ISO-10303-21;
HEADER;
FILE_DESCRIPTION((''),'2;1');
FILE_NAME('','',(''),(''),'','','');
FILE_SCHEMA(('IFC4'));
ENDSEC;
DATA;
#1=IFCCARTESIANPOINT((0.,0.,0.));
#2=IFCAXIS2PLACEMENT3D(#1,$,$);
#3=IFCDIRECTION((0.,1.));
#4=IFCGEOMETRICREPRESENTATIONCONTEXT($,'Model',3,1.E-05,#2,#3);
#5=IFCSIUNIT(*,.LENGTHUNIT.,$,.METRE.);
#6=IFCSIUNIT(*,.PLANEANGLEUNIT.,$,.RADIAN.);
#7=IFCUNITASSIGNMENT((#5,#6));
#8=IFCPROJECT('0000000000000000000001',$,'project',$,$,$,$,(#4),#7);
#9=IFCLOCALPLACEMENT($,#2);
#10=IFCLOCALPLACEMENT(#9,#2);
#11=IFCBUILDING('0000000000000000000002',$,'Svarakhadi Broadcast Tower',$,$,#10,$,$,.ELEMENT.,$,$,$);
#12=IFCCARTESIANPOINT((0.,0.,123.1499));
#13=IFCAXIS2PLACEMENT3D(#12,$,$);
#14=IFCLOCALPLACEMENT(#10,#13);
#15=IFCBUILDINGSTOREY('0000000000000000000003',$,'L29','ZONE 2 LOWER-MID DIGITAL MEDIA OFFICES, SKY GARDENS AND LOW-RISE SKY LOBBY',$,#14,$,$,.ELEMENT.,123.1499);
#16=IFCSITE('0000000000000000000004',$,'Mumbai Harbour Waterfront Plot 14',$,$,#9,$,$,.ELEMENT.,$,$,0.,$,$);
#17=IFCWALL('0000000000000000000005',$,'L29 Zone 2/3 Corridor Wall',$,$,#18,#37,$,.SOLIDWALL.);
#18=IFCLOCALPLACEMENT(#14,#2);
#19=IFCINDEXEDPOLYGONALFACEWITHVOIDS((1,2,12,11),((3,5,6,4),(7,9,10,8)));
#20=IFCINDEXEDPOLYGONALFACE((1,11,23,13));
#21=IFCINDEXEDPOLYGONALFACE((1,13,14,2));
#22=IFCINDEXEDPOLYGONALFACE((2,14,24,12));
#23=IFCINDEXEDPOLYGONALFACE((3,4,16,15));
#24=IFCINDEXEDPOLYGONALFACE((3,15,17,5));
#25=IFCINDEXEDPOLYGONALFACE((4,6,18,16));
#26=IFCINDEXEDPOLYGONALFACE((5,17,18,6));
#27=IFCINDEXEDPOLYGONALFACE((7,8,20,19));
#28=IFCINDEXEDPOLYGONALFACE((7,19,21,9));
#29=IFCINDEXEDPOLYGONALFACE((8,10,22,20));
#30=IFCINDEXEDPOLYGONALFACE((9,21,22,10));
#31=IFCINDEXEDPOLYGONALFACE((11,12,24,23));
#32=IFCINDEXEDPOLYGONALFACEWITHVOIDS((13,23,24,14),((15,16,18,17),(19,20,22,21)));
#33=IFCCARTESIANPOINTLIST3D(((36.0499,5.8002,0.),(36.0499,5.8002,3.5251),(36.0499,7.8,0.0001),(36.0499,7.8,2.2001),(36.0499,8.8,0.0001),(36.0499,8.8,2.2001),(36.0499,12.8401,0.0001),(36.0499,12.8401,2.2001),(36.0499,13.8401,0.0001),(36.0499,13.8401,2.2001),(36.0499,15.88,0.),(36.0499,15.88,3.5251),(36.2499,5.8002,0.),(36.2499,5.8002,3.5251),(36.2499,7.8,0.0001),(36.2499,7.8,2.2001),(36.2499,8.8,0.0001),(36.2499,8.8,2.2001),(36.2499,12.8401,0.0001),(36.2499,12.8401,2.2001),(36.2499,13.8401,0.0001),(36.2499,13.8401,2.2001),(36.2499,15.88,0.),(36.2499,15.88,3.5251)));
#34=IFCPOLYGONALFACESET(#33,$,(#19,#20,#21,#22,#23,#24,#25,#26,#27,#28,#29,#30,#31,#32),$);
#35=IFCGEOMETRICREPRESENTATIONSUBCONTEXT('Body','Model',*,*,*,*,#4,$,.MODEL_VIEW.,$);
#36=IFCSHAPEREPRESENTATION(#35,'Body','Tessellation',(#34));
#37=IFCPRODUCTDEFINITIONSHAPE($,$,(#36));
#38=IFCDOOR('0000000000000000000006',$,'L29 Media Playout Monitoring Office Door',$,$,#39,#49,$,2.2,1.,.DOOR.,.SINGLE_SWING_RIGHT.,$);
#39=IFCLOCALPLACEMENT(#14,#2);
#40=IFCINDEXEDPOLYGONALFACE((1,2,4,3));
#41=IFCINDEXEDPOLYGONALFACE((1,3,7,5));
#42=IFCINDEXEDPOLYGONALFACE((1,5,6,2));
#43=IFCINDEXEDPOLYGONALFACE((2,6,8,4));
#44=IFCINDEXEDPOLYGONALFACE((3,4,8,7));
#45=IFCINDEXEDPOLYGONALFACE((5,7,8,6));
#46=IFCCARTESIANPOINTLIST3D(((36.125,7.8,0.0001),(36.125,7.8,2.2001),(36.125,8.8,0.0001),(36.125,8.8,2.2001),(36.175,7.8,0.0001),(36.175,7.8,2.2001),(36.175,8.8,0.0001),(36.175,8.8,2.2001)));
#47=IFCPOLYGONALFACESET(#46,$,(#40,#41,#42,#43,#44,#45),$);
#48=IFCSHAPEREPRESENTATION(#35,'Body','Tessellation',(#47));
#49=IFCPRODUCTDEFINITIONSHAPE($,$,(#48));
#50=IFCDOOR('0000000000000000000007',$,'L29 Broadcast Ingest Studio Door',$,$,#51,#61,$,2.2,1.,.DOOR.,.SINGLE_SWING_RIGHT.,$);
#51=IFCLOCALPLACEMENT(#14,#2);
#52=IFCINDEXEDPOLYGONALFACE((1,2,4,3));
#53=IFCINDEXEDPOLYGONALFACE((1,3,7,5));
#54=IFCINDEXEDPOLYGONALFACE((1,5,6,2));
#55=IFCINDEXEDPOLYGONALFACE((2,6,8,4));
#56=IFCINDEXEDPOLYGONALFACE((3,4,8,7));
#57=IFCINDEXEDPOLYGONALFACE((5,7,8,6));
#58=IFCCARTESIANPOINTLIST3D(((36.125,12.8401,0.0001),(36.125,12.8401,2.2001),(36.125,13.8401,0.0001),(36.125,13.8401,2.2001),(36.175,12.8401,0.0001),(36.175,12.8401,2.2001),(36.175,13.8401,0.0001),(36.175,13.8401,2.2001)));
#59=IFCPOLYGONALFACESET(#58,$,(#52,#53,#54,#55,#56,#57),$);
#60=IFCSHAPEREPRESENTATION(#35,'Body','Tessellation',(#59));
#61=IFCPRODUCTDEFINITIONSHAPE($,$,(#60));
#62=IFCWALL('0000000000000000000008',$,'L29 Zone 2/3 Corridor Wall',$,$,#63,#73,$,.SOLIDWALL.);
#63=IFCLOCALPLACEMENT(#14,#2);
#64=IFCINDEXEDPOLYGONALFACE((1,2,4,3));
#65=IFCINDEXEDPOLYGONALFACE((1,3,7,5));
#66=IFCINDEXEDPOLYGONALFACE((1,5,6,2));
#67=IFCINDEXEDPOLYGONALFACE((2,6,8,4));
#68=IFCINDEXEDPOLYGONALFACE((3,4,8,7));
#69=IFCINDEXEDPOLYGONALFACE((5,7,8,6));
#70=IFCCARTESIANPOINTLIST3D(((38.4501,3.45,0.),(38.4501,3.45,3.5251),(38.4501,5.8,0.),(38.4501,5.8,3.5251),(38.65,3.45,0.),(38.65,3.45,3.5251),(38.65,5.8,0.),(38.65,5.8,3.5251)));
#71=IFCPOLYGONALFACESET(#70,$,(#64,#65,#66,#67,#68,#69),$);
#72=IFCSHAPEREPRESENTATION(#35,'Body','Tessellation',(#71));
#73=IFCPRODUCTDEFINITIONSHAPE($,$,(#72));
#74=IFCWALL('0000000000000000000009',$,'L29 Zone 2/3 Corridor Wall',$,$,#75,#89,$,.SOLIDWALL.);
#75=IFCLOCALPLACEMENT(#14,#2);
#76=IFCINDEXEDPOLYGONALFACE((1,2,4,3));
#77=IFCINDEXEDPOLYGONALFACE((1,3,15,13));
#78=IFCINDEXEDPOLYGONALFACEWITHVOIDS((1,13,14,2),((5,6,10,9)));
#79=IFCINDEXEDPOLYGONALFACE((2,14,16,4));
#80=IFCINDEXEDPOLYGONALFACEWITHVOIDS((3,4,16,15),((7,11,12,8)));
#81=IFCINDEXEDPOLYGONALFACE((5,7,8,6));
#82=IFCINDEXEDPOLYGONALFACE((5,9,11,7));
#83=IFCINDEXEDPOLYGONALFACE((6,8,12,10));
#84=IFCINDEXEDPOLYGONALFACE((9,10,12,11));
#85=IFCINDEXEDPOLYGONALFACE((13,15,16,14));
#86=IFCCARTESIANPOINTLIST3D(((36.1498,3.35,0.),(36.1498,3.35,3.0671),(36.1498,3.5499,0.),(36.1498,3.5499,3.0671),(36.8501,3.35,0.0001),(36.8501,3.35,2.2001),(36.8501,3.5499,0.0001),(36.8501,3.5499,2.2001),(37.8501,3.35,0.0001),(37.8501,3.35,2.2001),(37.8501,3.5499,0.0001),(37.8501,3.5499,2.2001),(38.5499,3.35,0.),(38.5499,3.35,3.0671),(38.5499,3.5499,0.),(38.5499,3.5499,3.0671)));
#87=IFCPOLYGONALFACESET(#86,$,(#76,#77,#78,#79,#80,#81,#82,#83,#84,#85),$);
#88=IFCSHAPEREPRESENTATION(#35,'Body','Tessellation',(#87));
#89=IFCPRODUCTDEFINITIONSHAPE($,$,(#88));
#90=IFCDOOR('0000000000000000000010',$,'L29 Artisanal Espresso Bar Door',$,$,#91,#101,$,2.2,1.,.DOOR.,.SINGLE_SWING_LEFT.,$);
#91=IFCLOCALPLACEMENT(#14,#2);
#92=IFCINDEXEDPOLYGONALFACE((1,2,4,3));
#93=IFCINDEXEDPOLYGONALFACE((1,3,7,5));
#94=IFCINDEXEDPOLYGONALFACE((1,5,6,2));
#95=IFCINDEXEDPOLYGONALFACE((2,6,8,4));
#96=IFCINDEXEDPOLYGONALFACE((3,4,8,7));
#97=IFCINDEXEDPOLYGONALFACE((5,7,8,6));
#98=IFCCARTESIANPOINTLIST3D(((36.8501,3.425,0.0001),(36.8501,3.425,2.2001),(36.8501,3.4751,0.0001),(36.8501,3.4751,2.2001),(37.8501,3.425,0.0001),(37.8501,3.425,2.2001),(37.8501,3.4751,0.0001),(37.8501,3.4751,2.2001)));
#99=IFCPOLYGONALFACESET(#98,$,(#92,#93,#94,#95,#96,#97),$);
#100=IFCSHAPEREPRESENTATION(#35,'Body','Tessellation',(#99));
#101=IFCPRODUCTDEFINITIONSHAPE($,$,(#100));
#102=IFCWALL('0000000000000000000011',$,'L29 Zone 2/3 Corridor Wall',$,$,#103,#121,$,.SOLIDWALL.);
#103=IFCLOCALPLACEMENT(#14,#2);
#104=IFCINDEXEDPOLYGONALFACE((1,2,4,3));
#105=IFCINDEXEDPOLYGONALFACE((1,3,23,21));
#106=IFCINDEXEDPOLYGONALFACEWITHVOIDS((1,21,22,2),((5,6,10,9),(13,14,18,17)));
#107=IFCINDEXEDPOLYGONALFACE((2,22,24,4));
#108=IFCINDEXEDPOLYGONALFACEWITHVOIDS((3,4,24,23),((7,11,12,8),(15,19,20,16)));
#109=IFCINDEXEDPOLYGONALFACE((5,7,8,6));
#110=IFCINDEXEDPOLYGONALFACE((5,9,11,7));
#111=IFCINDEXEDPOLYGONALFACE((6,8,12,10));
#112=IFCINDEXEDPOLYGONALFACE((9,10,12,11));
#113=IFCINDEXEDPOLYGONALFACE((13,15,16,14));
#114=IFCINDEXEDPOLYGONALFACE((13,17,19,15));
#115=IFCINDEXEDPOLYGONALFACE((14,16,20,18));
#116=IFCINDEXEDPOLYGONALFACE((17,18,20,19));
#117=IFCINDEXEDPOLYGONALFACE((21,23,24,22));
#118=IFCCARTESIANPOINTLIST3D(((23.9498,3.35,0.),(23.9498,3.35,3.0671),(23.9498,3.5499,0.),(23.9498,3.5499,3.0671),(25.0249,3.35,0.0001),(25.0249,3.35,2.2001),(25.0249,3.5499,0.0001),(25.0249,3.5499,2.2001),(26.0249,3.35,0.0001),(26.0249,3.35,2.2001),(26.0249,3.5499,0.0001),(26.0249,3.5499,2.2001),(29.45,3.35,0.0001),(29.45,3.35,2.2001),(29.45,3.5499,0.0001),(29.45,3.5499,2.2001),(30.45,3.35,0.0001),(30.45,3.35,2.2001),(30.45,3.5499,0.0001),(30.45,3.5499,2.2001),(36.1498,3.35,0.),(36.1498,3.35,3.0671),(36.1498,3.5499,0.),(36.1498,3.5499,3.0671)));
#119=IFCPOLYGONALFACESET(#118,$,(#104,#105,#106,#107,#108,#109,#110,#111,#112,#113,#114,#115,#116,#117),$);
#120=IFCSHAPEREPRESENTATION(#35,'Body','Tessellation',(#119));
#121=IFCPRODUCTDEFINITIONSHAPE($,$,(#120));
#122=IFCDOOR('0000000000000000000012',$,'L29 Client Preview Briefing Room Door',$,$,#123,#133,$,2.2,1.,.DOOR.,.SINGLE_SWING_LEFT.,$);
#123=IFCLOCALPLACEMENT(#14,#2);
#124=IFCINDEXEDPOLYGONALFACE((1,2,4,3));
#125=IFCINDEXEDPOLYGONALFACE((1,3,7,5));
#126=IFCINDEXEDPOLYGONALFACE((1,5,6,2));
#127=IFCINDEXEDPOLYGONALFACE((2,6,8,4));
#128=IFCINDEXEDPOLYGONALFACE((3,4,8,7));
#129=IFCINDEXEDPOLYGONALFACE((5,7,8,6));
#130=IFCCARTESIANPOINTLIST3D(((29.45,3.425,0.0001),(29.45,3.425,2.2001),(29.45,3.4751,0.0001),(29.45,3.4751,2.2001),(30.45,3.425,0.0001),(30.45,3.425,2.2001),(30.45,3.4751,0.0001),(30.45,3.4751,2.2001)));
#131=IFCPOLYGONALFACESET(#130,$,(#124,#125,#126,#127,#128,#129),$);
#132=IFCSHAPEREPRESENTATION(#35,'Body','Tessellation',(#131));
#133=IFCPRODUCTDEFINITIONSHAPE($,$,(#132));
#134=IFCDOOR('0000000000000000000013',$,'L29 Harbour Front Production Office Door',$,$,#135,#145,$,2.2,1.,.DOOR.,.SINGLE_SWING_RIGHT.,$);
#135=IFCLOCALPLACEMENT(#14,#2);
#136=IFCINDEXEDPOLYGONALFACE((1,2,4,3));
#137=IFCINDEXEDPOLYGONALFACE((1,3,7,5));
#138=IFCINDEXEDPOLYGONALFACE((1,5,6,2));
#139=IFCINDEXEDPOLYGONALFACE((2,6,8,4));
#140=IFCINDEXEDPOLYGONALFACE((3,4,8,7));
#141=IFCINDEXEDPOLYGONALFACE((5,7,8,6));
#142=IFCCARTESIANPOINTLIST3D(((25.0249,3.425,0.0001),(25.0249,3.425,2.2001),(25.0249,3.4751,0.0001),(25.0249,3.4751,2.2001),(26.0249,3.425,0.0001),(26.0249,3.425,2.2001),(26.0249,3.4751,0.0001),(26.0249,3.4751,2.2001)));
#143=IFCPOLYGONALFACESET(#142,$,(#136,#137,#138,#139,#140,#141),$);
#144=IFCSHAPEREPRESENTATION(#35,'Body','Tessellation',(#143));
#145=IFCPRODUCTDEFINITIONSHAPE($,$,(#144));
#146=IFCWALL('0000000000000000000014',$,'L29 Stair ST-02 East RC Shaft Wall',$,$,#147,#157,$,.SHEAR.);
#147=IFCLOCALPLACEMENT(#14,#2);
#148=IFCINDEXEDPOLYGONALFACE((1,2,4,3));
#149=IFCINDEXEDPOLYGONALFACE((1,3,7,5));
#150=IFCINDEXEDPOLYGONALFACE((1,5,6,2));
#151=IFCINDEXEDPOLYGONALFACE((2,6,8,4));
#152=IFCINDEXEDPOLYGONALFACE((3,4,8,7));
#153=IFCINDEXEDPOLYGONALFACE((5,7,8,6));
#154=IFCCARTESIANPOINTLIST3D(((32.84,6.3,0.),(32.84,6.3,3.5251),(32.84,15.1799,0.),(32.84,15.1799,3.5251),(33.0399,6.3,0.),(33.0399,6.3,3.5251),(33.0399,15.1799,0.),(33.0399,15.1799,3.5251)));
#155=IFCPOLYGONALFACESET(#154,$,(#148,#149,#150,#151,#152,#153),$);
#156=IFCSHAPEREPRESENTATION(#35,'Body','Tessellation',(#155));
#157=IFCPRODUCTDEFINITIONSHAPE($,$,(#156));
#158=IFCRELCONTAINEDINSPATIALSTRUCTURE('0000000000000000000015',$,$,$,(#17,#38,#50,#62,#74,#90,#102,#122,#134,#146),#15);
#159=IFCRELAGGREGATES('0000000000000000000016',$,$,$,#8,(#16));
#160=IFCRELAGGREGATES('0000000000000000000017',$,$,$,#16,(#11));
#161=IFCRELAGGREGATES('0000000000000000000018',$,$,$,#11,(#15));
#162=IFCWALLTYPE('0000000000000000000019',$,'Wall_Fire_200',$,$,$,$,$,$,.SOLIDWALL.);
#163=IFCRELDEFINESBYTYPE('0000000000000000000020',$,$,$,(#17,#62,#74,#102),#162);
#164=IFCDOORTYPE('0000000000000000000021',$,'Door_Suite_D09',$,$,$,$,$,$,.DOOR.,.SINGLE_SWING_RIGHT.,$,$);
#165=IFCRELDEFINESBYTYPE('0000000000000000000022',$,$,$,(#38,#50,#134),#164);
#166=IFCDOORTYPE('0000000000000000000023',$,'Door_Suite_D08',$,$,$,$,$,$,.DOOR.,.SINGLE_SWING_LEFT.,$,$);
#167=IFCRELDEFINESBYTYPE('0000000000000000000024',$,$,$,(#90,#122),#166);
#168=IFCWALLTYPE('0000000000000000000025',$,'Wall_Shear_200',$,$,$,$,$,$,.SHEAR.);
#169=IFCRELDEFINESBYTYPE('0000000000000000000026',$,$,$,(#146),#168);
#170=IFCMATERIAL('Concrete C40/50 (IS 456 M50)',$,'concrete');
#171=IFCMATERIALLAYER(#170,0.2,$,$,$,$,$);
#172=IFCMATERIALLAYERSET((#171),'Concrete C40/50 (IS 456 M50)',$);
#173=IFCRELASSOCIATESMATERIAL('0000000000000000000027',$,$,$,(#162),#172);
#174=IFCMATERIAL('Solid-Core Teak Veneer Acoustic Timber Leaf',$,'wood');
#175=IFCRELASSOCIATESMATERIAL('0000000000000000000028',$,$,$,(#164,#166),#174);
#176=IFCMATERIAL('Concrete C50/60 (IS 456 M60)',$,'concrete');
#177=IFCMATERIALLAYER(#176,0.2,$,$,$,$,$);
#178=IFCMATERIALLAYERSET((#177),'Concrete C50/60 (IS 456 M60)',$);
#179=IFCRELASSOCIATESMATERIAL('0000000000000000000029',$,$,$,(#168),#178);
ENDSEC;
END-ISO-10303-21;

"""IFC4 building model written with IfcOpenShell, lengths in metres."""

from ifc_helpers import new_model, si_unit, direction, frame, frame_2d, origin, place, context, subcontext, project, spatial, rectangle, extrude, material, layer, layer_set, type_object, element, fill, save


model = new_model("IFC4")

# Units and contexts
model_context = context("Model", 3, precision=1e-05, world=origin(), true_north=direction((0.0, 1.0)))
body_context = subcontext(model_context, "Body", "Model", "MODEL_VIEW")
ifc_project = project(units=[si_unit("LENGTHUNIT", "METRE"), si_unit("PLANEANGLEUNIT", "RADIAN")], contexts=[model_context])

# Site, building, storey
site_placement = place(None, origin())
site = spatial("IfcSite", under=ifc_project, at=site_placement, Name="Mumbai Harbour Waterfront Plot 14", CompositionType="ELEMENT", RefElevation=0.0)
building_placement = place(site_placement, origin())
building = spatial("IfcBuilding", under=site, at=building_placement, Name="Svarakhadi Broadcast Tower", CompositionType="ELEMENT")
storey_placement = place(building_placement, frame((0.0, 0.0, 123.1499)))
storey = spatial("IfcBuildingStorey", under=building, at=storey_placement, Name="L29", Description="ZONE 2 LOWER-MID DIGITAL MEDIA OFFICES, SKY GARDENS AND LOW-RISE SKY LOBBY", CompositionType="ELEMENT", Elevation=123.1499)

# Shared definitions
ifc_material_1 = material(Name="Concrete C50/60 (IS 456 M60)", Category="concrete")

# Shared definitions
ifc_material_2 = material(Name="Concrete C40/50 (IS 456 M50)", Category="concrete")
ifc_layer_1 = layer(ifc_material_2, 0.2)
ifc_layer_set_1 = layer_set([ifc_layer_1], Name="Concrete C40/50 (IS 456 M50)")
wall_type_1 = type_object("IfcWallType", Name="Wall_Fire_200", PredefinedType="SOLIDWALL", material=ifc_layer_set_1)

# Wall, openings, doors
wall_1_placement = place(storey_placement, frame((36.1499, 5.8, 0.0), z_axis=(0.0, 0.0, 1.0), x_axis=(0.0, 1.0, 0.0)))
wall_1 = element("IfcWall", 1, at=wall_1_placement, inside=storey, type_object=wall_type_1, Name="L29 Zone 2/3 Corridor Wall", PredefinedType="SOLIDWALL", context=body_context, shape_type="SweptSolid", body=[
    extrude(rectangle(XDim=10.0798, YDim=0.2, at=frame_2d((5.04, 0.0))), origin(), (0.0, 0.0, 1.0), 3.5251),
])
opening_1_placement = place(wall_1_placement, frame((2.0, 0.0, 0.0)))
opening_1 = element("IfcOpeningElement", 2, at=opening_1_placement, cuts=wall_1, PredefinedType="OPENING", context=body_context, shape_type="SweptSolid", body=[
    extrude(rectangle(XDim=1.0, YDim=2.2, at=frame_2d((0.5, 1.1001))), frame((0.0, 0.1099, 0.0), z_axis=(0.0, -1.0, 0.0), x_axis=(1.0, 0.0, 0.0)), (0.0, 0.0, 1.0), 0.22),
])
opening_2_placement = place(wall_1_placement, frame((7.04, 0.0, 0.0)))
opening_2 = element("IfcOpeningElement", 3, at=opening_2_placement, cuts=wall_1, PredefinedType="OPENING", context=body_context, shape_type="SweptSolid", body=[
    extrude(rectangle(XDim=1.0, YDim=2.2, at=frame_2d((0.5, 1.1001))), frame((0.0, 0.1099, 0.0), z_axis=(0.0, -1.0, 0.0), x_axis=(1.0, 0.0, 0.0)), (0.0, 0.0, 1.0), 0.22),
])
ifc_material_3 = material(Name="Solid-Core Teak Veneer Acoustic Timber Leaf", Category="wood")
door_type_1 = type_object("IfcDoorType", Name="Door_Suite_D09", OperationType="SINGLE_SWING_RIGHT", PredefinedType="DOOR", material=ifc_material_3)
door_1_placement = place(opening_1_placement, origin())
door_1 = element("IfcDoor", 4, at=door_1_placement, inside=storey, type_object=door_type_1, Name="L29 Media Playout Monitoring Office Door", OperationType="SINGLE_SWING_RIGHT", OverallHeight=2.2, OverallWidth=1.0, PredefinedType="DOOR", context=body_context, shape_type="SweptSolid", body=[
    extrude(rectangle(XDim=1.0, YDim=2.2, at=frame_2d((0.5, 1.1001))), frame((0.0, 0.0249, 0.0), z_axis=(0.0, -1.0, 0.0), x_axis=(1.0, 0.0, 0.0)), (0.0, 0.0, 1.0), 0.05),
])
fill(opening_1, door_1)
door_2_placement = place(opening_2_placement, origin())
door_2 = element("IfcDoor", 5, at=door_2_placement, inside=storey, type_object=door_type_1, Name="L29 Broadcast Ingest Studio Door", OperationType="SINGLE_SWING_RIGHT", OverallHeight=2.2, OverallWidth=1.0, PredefinedType="DOOR", context=body_context, shape_type="SweptSolid", body=[
    extrude(rectangle(XDim=1.0, YDim=2.2, at=frame_2d((0.5, 1.1001))), frame((0.0, 0.0249, 0.0), z_axis=(0.0, -1.0, 0.0), x_axis=(1.0, 0.0, 0.0)), (0.0, 0.0, 1.0), 0.05),
])
fill(opening_2, door_2)

# Wall
wall_2_placement = place(storey_placement, frame((38.55, 5.8, 0.0), z_axis=(0.0, 0.0, 1.0), x_axis=(0.0, -1.0, 0.0)))
element("IfcWall", 6, at=wall_2_placement, inside=storey, type_object=wall_type_1, Name="L29 Zone 2/3 Corridor Wall", PredefinedType="SOLIDWALL", context=body_context, shape_type="SweptSolid", body=[
    extrude(rectangle(XDim=2.3501, YDim=0.2, at=frame_2d((1.175, 0.0))), origin(), (0.0, 0.0, 1.0), 3.5251),
])

# Wall, opening, door
wall_3_placement = place(storey_placement, frame((38.55, 3.45, 0.0), z_axis=(0.0, 0.0, 1.0), x_axis=(-1.0, 0.0, 0.0)))
wall_3 = element("IfcWall", 7, at=wall_3_placement, inside=storey, type_object=wall_type_1, Name="L29 Zone 2/3 Corridor Wall", PredefinedType="SOLIDWALL", context=body_context, shape_type="SweptSolid", body=[
    extrude(rectangle(XDim=2.4001, YDim=0.2, at=frame_2d((1.2002, 0.0))), origin(), (0.0, 0.0, 1.0), 3.0671),
])
opening_3_placement = place(wall_3_placement, frame((0.7, 0.0, 0.0)))
opening_3 = element("IfcOpeningElement", 8, at=opening_3_placement, cuts=wall_3, PredefinedType="OPENING", context=body_context, shape_type="SweptSolid", body=[
    extrude(rectangle(XDim=1.0, YDim=2.2, at=frame_2d((0.5, 1.1001))), frame((0.0, 0.1099, 0.0), z_axis=(0.0, -1.0, 0.0), x_axis=(1.0, 0.0, 0.0)), (0.0, 0.0, 1.0), 0.22),
])
door_type_2 = type_object("IfcDoorType", Name="Door_Suite_D08", OperationType="SINGLE_SWING_LEFT", PredefinedType="DOOR", material=ifc_material_3)
door_3_placement = place(opening_3_placement, origin())
door_3 = element("IfcDoor", 9, at=door_3_placement, inside=storey, type_object=door_type_2, Name="L29 Artisanal Espresso Bar Door", OperationType="SINGLE_SWING_LEFT", OverallHeight=2.2, OverallWidth=1.0, PredefinedType="DOOR", context=body_context, shape_type="SweptSolid", body=[
    extrude(rectangle(XDim=1.0, YDim=2.2, at=frame_2d((0.5, 1.1001))), frame((0.0, 0.0249, 0.0), z_axis=(0.0, -1.0, 0.0), x_axis=(1.0, 0.0, 0.0)), (0.0, 0.0, 1.0), 0.05),
])
fill(opening_3, door_3)

# Wall, openings, doors
wall_4_placement = place(storey_placement, frame((36.1499, 3.45, 0.0), z_axis=(0.0, 0.0, 1.0), x_axis=(-1.0, 0.0, 0.0)))
wall_4 = element("IfcWall", 10, at=wall_4_placement, inside=storey, type_object=wall_type_1, Name="L29 Zone 2/3 Corridor Wall", PredefinedType="SOLIDWALL", context=body_context, shape_type="SweptSolid", body=[
    extrude(rectangle(XDim=12.2, YDim=0.2, at=frame_2d((6.1001, 0.0))), origin(), (0.0, 0.0, 1.0), 3.0671),
])
opening_4_placement = place(wall_4_placement, frame((10.125, 0.0, 0.0)))
opening_4 = element("IfcOpeningElement", 11, at=opening_4_placement, cuts=wall_4, PredefinedType="OPENING", context=body_context, shape_type="SweptSolid", body=[
    extrude(rectangle(XDim=1.0, YDim=2.2, at=frame_2d((0.5, 1.1001))), frame((0.0, 0.1099, 0.0), z_axis=(0.0, -1.0, 0.0), x_axis=(1.0, 0.0, 0.0)), (0.0, 0.0, 1.0), 0.22),
])
opening_5_placement = place(wall_4_placement, frame((5.7, 0.0, 0.0)))
opening_5 = element("IfcOpeningElement", 12, at=opening_5_placement, cuts=wall_4, PredefinedType="OPENING", context=body_context, shape_type="SweptSolid", body=[
    extrude(rectangle(XDim=1.0, YDim=2.2, at=frame_2d((0.5, 1.1001))), frame((0.0, 0.1099, 0.0), z_axis=(0.0, -1.0, 0.0), x_axis=(1.0, 0.0, 0.0)), (0.0, 0.0, 1.0), 0.22),
])
door_4_placement = place(opening_5_placement, origin())
door_4 = element("IfcDoor", 13, at=door_4_placement, inside=storey, type_object=door_type_2, Name="L29 Client Preview Briefing Room Door", OperationType="SINGLE_SWING_LEFT", OverallHeight=2.2, OverallWidth=1.0, PredefinedType="DOOR", context=body_context, shape_type="SweptSolid", body=[
    extrude(rectangle(XDim=1.0, YDim=2.2, at=frame_2d((0.5, 1.1001))), frame((0.0, 0.0249, 0.0), z_axis=(0.0, -1.0, 0.0), x_axis=(1.0, 0.0, 0.0)), (0.0, 0.0, 1.0), 0.05),
])
fill(opening_5, door_4)
door_5_placement = place(opening_4_placement, origin())
door_5 = element("IfcDoor", 14, at=door_5_placement, inside=storey, type_object=door_type_1, Name="L29 Harbour Front Production Office Door", OperationType="SINGLE_SWING_RIGHT", OverallHeight=2.2, OverallWidth=1.0, PredefinedType="DOOR", context=body_context, shape_type="SweptSolid", body=[
    extrude(rectangle(XDim=1.0, YDim=2.2, at=frame_2d((0.5, 1.1001))), frame((0.0, 0.0249, 0.0), z_axis=(0.0, -1.0, 0.0), x_axis=(1.0, 0.0, 0.0)), (0.0, 0.0, 1.0), 0.05),
])
fill(opening_4, door_5)

# Wall
ifc_layer_2 = layer(ifc_material_1, 0.2)
ifc_layer_set_2 = layer_set([ifc_layer_2], Name="Concrete C50/60 (IS 456 M60)")
wall_type_2 = type_object("IfcWallType", Name="Wall_Shear_200", PredefinedType="SHEAR", material=ifc_layer_set_2)
wall_5_placement = place(storey_placement, frame((32.9399, 6.3, 0.0), z_axis=(0.0, 0.0, 1.0), x_axis=(0.0, 1.0, 0.0)))
element("IfcWall", 15, at=wall_5_placement, inside=storey, type_object=wall_type_2, Name="L29 Stair ST-02 East RC Shaft Wall", PredefinedType="SHEAR", context=body_context, shape_type="SweptSolid", body=[
    extrude(rectangle(XDim=8.8799, YDim=0.2, at=frame_2d((4.4399, 0.0))), origin(), (0.0, 0.0, 1.0), 3.5251),
])

save(model, "model.ifc")
